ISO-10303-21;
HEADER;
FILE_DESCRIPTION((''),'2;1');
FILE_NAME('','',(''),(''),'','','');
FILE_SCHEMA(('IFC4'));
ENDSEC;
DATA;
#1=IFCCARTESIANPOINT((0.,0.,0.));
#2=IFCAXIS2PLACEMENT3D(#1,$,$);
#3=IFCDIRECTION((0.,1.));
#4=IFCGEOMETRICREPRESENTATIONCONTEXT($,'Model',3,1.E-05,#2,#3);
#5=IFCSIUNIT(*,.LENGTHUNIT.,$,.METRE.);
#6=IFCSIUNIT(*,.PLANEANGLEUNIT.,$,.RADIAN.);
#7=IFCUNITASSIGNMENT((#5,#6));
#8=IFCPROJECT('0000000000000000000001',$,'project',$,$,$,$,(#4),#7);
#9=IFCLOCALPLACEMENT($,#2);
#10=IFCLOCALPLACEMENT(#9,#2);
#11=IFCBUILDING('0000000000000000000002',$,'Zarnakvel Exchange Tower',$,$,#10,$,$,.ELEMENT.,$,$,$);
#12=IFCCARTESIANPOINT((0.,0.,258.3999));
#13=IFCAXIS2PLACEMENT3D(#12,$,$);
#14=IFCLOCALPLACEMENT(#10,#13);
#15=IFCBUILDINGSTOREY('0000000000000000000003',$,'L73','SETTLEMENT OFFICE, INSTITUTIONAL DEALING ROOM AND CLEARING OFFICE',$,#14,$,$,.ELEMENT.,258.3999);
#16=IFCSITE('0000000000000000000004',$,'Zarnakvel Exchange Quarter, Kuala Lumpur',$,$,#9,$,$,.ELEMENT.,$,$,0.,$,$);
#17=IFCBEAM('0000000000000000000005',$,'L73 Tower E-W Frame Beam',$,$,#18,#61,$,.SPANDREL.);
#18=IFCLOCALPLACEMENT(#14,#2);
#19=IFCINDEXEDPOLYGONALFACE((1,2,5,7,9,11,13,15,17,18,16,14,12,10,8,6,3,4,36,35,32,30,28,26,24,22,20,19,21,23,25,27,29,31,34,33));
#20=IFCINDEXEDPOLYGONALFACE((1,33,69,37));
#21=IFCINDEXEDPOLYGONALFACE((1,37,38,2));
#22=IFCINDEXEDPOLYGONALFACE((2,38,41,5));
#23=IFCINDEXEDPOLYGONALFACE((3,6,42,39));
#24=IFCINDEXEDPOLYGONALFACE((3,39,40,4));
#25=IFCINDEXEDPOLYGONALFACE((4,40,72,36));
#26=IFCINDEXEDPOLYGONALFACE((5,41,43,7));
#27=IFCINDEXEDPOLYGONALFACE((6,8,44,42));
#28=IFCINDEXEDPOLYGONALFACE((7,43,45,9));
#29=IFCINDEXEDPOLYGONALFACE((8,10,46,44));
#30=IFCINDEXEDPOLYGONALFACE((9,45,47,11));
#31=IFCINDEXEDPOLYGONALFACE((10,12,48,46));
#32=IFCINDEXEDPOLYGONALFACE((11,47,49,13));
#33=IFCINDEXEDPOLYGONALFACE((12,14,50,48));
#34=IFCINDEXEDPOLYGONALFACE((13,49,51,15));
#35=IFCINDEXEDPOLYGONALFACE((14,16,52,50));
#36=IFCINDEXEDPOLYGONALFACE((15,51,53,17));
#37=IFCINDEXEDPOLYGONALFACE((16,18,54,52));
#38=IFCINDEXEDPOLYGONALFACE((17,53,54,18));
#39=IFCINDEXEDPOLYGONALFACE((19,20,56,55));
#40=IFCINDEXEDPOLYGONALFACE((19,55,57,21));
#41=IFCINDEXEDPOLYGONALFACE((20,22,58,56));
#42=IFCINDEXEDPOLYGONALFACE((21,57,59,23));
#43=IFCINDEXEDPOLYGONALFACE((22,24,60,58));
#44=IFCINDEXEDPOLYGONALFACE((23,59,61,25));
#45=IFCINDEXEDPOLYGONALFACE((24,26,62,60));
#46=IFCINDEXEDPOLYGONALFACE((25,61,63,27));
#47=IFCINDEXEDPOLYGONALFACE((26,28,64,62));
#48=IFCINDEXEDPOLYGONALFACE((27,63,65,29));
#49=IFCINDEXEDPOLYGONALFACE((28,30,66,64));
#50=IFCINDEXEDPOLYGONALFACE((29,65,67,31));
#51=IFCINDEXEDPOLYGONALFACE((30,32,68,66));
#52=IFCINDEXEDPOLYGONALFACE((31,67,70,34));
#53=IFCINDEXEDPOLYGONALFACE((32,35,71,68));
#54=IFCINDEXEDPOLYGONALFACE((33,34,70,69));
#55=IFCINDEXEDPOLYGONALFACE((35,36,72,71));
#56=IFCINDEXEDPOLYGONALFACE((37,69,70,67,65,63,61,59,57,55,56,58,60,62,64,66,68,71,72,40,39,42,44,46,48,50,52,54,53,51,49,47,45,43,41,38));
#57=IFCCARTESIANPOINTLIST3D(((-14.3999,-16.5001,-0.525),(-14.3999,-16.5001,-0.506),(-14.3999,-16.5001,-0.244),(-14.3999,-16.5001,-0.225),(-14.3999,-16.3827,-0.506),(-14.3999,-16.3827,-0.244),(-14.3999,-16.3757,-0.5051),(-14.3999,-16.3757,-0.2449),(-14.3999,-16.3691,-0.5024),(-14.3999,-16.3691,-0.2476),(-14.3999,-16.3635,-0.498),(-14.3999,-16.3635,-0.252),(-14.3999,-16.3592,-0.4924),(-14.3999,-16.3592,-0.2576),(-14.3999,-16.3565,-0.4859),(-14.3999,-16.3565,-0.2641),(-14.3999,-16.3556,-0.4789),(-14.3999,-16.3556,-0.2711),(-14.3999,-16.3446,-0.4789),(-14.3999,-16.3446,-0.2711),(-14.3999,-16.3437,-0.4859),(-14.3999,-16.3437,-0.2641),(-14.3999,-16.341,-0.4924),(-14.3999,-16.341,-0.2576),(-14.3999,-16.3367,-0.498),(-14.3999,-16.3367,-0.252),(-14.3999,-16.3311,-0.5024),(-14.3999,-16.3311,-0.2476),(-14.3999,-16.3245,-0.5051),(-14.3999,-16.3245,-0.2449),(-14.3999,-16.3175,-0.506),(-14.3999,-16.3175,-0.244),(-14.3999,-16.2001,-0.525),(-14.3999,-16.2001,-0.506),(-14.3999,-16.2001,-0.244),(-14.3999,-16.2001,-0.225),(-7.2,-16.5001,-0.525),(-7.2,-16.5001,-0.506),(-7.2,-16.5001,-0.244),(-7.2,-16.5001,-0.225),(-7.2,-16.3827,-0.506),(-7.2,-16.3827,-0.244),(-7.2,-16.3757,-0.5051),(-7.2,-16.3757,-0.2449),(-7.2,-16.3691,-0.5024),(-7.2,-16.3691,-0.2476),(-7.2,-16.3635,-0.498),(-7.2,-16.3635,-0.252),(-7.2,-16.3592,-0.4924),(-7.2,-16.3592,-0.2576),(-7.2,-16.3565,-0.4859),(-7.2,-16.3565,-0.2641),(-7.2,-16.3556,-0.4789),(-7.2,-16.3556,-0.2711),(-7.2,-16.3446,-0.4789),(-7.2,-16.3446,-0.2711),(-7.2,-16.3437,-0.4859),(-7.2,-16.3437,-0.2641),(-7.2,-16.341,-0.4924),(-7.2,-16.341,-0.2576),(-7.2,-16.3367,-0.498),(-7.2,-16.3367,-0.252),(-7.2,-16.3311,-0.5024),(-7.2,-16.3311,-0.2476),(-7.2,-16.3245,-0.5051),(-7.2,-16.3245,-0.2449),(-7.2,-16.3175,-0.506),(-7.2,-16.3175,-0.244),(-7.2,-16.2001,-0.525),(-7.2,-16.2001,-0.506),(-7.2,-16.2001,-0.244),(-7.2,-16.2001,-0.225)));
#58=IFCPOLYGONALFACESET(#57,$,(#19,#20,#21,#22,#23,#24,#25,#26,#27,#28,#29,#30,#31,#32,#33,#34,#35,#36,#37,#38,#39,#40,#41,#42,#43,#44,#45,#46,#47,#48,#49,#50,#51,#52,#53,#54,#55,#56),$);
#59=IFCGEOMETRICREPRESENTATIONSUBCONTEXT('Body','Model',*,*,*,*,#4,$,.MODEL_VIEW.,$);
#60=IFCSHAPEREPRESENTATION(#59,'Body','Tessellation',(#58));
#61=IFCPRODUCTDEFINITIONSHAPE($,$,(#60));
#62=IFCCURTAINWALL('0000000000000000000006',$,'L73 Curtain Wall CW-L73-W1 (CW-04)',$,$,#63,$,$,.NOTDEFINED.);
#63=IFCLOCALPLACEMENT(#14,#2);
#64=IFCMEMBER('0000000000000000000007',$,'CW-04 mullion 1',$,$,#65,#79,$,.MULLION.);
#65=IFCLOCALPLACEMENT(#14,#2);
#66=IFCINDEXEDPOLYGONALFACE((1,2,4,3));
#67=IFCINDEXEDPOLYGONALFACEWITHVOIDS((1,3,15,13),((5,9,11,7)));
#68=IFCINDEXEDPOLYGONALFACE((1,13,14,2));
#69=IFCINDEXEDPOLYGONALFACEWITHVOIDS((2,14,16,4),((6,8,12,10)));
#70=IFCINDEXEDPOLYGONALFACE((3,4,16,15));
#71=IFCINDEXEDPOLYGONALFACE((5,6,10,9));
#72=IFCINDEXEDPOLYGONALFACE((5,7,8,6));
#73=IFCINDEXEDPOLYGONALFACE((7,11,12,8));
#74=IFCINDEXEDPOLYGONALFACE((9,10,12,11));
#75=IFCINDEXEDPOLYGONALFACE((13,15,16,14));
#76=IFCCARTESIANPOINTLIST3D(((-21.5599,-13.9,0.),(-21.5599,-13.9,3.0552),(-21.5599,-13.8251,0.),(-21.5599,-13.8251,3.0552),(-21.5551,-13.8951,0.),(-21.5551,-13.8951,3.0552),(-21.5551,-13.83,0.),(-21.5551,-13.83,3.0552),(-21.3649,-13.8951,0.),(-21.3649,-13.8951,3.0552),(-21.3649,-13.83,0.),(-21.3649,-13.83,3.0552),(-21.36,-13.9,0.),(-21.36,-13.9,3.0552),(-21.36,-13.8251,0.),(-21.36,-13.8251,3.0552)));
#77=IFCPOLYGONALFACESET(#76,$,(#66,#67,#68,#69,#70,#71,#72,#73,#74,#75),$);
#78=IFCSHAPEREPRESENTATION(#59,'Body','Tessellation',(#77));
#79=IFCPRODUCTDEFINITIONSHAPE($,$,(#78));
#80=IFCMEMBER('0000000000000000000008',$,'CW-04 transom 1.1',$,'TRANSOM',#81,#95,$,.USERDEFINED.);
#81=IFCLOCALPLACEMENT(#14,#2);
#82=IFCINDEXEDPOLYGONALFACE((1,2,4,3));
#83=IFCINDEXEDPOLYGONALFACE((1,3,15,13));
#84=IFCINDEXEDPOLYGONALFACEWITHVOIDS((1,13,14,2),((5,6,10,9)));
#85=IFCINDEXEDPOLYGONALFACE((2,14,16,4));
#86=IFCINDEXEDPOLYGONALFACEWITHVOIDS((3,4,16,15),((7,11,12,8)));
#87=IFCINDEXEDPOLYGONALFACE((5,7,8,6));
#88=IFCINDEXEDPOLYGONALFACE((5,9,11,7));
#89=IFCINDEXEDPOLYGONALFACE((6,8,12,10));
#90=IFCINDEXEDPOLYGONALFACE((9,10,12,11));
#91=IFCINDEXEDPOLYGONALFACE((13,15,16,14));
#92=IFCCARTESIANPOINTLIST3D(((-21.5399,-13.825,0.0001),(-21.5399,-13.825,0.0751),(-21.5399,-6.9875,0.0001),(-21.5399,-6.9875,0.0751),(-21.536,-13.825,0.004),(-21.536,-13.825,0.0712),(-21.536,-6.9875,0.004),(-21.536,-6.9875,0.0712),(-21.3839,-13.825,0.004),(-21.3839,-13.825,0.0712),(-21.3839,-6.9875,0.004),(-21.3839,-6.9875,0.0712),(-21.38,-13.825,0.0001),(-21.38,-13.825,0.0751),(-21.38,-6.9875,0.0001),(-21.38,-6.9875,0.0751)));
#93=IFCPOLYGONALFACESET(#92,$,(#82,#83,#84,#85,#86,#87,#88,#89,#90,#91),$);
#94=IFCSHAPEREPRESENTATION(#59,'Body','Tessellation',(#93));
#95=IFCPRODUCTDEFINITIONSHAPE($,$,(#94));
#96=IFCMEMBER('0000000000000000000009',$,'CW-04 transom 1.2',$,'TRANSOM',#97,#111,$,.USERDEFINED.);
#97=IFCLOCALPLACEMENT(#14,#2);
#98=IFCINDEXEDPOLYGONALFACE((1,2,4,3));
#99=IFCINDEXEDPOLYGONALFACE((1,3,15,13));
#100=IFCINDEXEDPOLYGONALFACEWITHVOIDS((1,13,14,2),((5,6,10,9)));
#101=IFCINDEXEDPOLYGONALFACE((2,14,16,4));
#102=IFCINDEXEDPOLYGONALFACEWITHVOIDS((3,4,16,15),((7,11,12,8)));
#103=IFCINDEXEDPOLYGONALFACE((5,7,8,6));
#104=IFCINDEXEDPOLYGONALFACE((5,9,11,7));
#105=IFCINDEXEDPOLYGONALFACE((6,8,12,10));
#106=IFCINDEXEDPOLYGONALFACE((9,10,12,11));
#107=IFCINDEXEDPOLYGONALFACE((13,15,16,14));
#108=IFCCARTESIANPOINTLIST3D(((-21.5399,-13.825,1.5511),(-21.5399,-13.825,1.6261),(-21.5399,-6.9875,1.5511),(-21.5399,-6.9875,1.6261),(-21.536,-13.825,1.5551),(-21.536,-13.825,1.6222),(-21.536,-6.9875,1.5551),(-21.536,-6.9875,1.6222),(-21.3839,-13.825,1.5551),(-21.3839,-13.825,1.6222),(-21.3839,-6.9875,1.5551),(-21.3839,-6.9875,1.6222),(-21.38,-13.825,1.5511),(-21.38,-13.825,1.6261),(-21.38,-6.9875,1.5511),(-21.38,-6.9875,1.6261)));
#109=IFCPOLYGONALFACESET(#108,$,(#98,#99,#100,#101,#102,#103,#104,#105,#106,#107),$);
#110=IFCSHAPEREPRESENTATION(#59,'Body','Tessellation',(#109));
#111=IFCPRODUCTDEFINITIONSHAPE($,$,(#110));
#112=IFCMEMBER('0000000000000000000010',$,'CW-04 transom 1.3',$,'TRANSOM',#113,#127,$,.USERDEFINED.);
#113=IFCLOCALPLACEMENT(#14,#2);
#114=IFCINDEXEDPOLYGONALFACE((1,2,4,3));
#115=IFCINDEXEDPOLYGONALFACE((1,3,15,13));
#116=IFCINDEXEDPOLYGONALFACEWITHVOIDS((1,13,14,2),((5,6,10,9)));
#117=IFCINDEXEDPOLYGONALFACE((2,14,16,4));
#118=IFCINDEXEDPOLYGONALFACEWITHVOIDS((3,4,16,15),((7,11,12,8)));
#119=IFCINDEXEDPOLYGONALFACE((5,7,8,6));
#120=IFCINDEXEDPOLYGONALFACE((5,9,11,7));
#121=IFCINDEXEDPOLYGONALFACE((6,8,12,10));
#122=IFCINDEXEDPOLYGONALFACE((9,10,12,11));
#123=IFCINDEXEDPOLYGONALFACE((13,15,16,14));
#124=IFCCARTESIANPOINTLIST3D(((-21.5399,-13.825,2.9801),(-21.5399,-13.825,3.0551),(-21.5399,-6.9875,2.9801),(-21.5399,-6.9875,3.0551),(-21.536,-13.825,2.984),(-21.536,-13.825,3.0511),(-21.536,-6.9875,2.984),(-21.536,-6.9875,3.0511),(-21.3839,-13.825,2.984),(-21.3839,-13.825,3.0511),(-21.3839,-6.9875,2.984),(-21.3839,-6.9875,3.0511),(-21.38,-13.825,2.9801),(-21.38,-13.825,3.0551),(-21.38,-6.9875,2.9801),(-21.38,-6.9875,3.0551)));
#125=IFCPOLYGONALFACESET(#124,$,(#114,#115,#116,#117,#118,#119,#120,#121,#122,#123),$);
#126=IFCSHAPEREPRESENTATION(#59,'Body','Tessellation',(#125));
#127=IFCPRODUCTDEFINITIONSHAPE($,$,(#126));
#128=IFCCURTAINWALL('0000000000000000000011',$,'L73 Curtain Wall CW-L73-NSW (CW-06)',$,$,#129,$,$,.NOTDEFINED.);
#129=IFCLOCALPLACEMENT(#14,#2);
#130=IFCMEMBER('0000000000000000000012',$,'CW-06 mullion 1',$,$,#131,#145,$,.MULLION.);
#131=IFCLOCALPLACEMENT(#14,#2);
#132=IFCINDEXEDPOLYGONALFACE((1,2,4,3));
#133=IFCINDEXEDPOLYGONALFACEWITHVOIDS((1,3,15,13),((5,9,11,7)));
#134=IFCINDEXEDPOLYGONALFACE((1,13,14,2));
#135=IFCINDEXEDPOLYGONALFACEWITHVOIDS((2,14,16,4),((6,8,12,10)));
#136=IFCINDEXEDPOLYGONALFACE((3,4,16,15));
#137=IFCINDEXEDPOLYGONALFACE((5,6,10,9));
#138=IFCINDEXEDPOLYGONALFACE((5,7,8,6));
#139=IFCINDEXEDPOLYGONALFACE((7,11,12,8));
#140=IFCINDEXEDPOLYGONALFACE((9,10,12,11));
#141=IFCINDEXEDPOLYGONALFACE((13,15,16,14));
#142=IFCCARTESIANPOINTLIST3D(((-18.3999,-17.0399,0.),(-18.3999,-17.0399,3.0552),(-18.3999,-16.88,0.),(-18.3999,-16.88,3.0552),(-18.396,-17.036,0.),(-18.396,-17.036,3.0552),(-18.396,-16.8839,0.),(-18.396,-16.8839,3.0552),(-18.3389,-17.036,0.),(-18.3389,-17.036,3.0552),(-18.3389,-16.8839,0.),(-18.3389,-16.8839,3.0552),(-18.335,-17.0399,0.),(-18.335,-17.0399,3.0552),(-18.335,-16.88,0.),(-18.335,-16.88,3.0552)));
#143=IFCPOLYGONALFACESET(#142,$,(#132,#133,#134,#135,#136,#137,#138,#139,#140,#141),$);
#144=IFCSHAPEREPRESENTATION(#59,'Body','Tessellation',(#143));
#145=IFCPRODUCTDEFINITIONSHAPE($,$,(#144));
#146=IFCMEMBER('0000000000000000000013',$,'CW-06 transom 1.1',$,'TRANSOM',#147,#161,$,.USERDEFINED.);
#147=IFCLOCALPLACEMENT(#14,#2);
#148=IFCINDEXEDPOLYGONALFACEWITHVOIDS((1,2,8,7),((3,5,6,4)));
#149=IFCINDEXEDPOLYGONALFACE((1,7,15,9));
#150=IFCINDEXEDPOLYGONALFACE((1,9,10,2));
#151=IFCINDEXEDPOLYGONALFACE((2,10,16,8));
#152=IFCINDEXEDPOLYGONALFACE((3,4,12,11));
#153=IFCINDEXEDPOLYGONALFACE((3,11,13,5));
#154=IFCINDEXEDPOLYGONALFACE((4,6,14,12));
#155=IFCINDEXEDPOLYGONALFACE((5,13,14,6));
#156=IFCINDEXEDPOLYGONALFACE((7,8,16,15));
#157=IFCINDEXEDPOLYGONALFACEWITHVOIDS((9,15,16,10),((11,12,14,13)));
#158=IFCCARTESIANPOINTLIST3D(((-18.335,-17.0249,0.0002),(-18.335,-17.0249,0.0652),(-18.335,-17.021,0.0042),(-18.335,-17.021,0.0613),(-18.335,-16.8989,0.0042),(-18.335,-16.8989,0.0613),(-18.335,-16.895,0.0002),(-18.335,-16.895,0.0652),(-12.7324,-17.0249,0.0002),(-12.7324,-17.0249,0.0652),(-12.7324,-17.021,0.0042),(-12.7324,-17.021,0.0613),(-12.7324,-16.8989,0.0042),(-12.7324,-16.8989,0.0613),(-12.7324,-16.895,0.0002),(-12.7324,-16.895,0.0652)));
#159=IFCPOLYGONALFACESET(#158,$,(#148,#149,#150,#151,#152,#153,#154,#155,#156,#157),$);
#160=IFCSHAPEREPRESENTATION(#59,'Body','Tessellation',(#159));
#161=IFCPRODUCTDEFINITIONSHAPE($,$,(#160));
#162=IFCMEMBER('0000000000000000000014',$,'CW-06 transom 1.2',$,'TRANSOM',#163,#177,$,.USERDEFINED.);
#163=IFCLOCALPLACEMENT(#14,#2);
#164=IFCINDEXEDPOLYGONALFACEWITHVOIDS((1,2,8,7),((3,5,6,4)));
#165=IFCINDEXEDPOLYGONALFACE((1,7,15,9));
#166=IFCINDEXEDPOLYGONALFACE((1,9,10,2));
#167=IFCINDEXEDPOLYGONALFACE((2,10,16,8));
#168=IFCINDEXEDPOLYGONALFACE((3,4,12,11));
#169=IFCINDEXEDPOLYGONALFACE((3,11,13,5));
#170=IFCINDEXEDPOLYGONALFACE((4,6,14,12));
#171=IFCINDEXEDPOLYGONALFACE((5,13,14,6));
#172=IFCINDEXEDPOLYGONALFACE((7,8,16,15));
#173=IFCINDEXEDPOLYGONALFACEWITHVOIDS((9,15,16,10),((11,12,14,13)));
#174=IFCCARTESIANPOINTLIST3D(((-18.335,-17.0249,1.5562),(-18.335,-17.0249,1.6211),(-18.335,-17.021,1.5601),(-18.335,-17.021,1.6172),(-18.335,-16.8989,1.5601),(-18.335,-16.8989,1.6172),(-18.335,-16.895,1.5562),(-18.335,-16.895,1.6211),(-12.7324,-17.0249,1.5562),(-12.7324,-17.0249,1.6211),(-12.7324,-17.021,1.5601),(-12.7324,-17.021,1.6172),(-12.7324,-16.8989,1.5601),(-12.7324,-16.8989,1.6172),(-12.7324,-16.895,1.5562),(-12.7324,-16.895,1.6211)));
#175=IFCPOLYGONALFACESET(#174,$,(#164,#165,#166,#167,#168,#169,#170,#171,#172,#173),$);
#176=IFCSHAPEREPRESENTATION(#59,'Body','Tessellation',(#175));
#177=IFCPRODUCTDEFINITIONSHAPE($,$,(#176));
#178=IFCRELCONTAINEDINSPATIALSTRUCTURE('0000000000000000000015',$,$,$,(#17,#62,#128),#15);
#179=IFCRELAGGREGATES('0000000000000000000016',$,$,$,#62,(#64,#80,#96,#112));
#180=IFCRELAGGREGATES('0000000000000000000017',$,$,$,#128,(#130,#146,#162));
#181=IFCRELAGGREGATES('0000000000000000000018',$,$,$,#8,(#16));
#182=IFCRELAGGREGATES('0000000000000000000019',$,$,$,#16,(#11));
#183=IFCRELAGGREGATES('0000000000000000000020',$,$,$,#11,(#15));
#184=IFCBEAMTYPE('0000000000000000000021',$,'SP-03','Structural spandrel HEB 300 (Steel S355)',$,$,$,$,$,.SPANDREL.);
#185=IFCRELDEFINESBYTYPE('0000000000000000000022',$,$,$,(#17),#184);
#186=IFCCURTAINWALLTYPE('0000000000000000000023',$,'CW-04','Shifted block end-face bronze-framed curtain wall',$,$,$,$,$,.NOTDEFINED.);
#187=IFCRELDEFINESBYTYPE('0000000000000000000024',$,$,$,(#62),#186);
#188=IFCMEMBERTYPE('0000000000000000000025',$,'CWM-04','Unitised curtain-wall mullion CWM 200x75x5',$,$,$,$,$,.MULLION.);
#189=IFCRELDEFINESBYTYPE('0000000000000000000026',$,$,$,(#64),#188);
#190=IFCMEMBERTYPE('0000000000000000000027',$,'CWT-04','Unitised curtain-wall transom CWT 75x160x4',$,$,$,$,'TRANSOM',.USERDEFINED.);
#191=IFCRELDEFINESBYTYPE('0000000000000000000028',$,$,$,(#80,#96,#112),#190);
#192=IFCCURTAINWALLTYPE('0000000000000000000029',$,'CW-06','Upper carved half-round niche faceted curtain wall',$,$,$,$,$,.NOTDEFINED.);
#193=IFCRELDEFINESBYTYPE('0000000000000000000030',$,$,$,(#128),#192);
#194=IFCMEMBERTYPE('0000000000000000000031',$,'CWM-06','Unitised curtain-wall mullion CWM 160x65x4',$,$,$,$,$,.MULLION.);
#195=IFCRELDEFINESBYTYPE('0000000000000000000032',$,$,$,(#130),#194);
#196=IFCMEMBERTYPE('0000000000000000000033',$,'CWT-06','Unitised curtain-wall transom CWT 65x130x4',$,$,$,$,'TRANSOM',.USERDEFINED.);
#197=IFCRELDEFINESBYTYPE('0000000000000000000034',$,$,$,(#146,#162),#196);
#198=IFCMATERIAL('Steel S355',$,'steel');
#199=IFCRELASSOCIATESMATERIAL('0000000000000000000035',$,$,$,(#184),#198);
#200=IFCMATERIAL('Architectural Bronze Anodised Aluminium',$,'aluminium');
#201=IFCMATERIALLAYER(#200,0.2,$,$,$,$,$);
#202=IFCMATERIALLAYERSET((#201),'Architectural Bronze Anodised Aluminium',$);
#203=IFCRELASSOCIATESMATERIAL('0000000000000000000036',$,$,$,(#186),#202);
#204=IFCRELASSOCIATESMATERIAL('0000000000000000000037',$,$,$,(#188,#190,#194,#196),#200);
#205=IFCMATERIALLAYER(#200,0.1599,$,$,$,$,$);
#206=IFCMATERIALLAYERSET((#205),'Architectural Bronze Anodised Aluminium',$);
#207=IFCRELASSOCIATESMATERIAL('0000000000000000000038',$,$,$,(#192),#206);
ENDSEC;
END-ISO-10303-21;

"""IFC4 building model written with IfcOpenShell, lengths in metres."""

from ifc_helpers import new_model, si_unit, direction, frame, origin, origin_2d, place, context, subcontext, project, spatial, hollow_rectangle, i_section, extrude, source, transform, mapped, material, layer, layer_set, material_profile, profile_set, type_object, element, aggregate, save


model = new_model("IFC4")

# Units and contexts
model_context = context("Model", 3, precision=1e-05, world=origin(), true_north=direction((0.0, 1.0)))
body_context = subcontext(model_context, "Body", "Model", "MODEL_VIEW")
ifc_project = project(units=[si_unit("LENGTHUNIT", "METRE"), si_unit("PLANEANGLEUNIT", "RADIAN")], contexts=[model_context])

# Site, building, storey
site_placement = place(None, origin())
site = spatial("IfcSite", under=ifc_project, at=site_placement, Name="Zarnakvel Exchange Quarter, Kuala Lumpur", CompositionType="ELEMENT", RefElevation=0.0)
building_placement = place(site_placement, origin())
building = spatial("IfcBuilding", under=site, at=building_placement, Name="Zarnakvel Exchange Tower", CompositionType="ELEMENT")
storey_placement = place(building_placement, frame((0.0, 0.0, 258.3999)))
storey = spatial("IfcBuildingStorey", under=building, at=storey_placement, Name="L73", Description="SETTLEMENT OFFICE, INSTITUTIONAL DEALING ROOM AND CLEARING OFFICE", CompositionType="ELEMENT", Elevation=258.3999)

# Shared definitions
ifc_material_1 = material(Name="Steel S355", Category="steel")

# Beam
ifc_material_profile_1 = material_profile(ifc_material_1, i_section(OverallWidth=0.3, OverallDepth=0.3, WebThickness=0.011, FlangeThickness=0.019, FilletRadius=0.0271, at=origin_2d()))
ifc_profile_set_1 = profile_set([ifc_material_profile_1], Name="Steel S355")
beam_type_1 = type_object("IfcBeamType", Name="SP-03", Description="Structural spandrel HEB 300 (Steel S355)", PredefinedType="SPANDREL", material=ifc_profile_set_1)
beam_1_placement = place(storey_placement, frame((-14.3999, -16.3501, -0.375), z_axis=(1.0, 0.0, 0.0), x_axis=(0.0, 1.0, 0.0)))
element("IfcBeam", 1, at=beam_1_placement, inside=storey, type_object=beam_type_1, Name="L73 Tower E-W Frame Beam", PredefinedType="SPANDREL", context=body_context, shape_type="SweptSolid", body=[
    extrude(i_section(OverallWidth=0.3, OverallDepth=0.3, WebThickness=0.011, FlangeThickness=0.019, FilletRadius=0.0271, at=origin_2d()), origin(), (0.0, 0.0, 1.0), 7.2),
])

# Curtain walls, members
ifc_material_2 = material(Name="Architectural Bronze Anodised Aluminium", Category="aluminium")
ifc_layer_1 = layer(ifc_material_2, 0.2)
ifc_layer_set_1 = layer_set([ifc_layer_1], Name="Architectural Bronze Anodised Aluminium")
curtain_wall_type_1 = type_object("IfcCurtainWallType", Name="CW-04", Description="Shifted block end-face bronze-framed curtain wall", PredefinedType="NOTDEFINED", material=ifc_layer_set_1)
curtain_wall_1_placement = place(storey_placement, origin())
curtain_wall_1 = element("IfcCurtainWall", 2, at=curtain_wall_1_placement, inside=storey, type_object=curtain_wall_type_1, Name="L73 Curtain Wall CW-L73-W1 (CW-04)", PredefinedType="NOTDEFINED")
ifc_material_profile_2 = material_profile(ifc_material_2, hollow_rectangle(XDim=0.2, YDim=0.075, WallThickness=0.0049, at=origin_2d()))
ifc_profile_set_2 = profile_set([ifc_material_profile_2], Name="Architectural Bronze Anodised Aluminium")
member_type_1 = type_object("IfcMemberType", Name="CWM-04", Description="Unitised curtain-wall mullion CWM 200x75x5", PredefinedType="MULLION", material=ifc_profile_set_2)
shared_shape_1 = source(origin(), body_context, "Body", "SweptSolid", [
    extrude(hollow_rectangle(XDim=0.2, YDim=0.075, WallThickness=0.0049, at=origin_2d()), origin(), (0.0, 0.0, 1.0), 3.0552),
])
member_1_placement = place(storey_placement, frame((-21.46, -13.8625, 0.0), z_axis=(0.0, 0.0, 1.0), x_axis=(-1.0, 0.0, 0.0)))
member_1 = element("IfcMember", 3, at=member_1_placement, type_object=member_type_1, Name="CW-04 mullion 1", PredefinedType="MULLION", context=body_context, shape_type="MappedRepresentation", body=[
    mapped(shared_shape_1, transform((0.0, 0.0, 0.0), x_axis=(1.0, 0.0, 0.0), y_axis=(0.0, 1.0, 0.0), z_axis=(0.0, 0.0, 1.0), scale=1.0)),
])
ifc_material_profile_3 = material_profile(ifc_material_2, hollow_rectangle(XDim=0.1599, YDim=0.075, WallThickness=0.0039, at=origin_2d()))
ifc_profile_set_3 = profile_set([ifc_material_profile_3], Name="Architectural Bronze Anodised Aluminium")
member_type_2 = type_object("IfcMemberType", Name="CWT-04", Description="Unitised curtain-wall transom CWT 75x160x4", ElementType="TRANSOM", PredefinedType="USERDEFINED", material=ifc_profile_set_3)
shared_shape_2 = source(origin(), body_context, "Body", "SweptSolid", [
    extrude(hollow_rectangle(XDim=0.1599, YDim=0.075, WallThickness=0.0039, at=origin_2d()), origin(), (0.0, 0.0, 1.0), 6.8374),
])
member_2_placement = place(storey_placement, frame((-21.46, -13.825, 0.0376), z_axis=(0.0, 1.0, 0.0), x_axis=(-1.0, 0.0, 0.0)))
member_2 = element("IfcMember", 4, at=member_2_placement, type_object=member_type_2, Name="CW-04 transom 1.1", ObjectType="TRANSOM", PredefinedType="USERDEFINED", context=body_context, shape_type="MappedRepresentation", body=[
    mapped(shared_shape_2, transform((0.0, 0.0, 0.0), x_axis=(1.0, 0.0, 0.0), y_axis=(0.0, 1.0, 0.0), z_axis=(0.0, 0.0, 1.0), scale=1.0)),
])
member_3_placement = place(storey_placement, frame((-21.46, -13.825, 1.5886), z_axis=(0.0, 1.0, 0.0), x_axis=(-1.0, 0.0, 0.0)))
member_3 = element("IfcMember", 5, at=member_3_placement, type_object=member_type_2, Name="CW-04 transom 1.2", ObjectType="TRANSOM", PredefinedType="USERDEFINED", context=body_context, shape_type="MappedRepresentation", body=[
    mapped(shared_shape_2, transform((0.0, 0.0, 0.0), x_axis=(1.0, 0.0, 0.0), y_axis=(0.0, 1.0, 0.0), z_axis=(0.0, 0.0, 1.0), scale=1.0)),
])
member_4_placement = place(storey_placement, frame((-21.46, -13.825, 3.0176), z_axis=(0.0, 1.0, 0.0), x_axis=(-1.0, 0.0, 0.0)))
member_4 = element("IfcMember", 6, at=member_4_placement, type_object=member_type_2, Name="CW-04 transom 1.3", ObjectType="TRANSOM", PredefinedType="USERDEFINED", context=body_context, shape_type="MappedRepresentation", body=[
    mapped(shared_shape_2, transform((0.0, 0.0, 0.0), x_axis=(1.0, 0.0, 0.0), y_axis=(0.0, 1.0, 0.0), z_axis=(0.0, 0.0, 1.0), scale=1.0)),
])
ifc_layer_2 = layer(ifc_material_2, 0.1599)
ifc_layer_set_2 = layer_set([ifc_layer_2], Name="Architectural Bronze Anodised Aluminium")
curtain_wall_type_2 = type_object("IfcCurtainWallType", Name="CW-06", Description="Upper carved half-round niche faceted curtain wall", PredefinedType="NOTDEFINED", material=ifc_layer_set_2)
curtain_wall_2_placement = place(storey_placement, origin())
curtain_wall_2 = element("IfcCurtainWall", 7, at=curtain_wall_2_placement, inside=storey, type_object=curtain_wall_type_2, Name="L73 Curtain Wall CW-L73-NSW (CW-06)", PredefinedType="NOTDEFINED")
ifc_material_profile_4 = material_profile(ifc_material_2, hollow_rectangle(XDim=0.1599, YDim=0.0649, WallThickness=0.0039, at=origin_2d()))
ifc_profile_set_4 = profile_set([ifc_material_profile_4], Name="Architectural Bronze Anodised Aluminium")
member_type_3 = type_object("IfcMemberType", Name="CWM-06", Description="Unitised curtain-wall mullion CWM 160x65x4", PredefinedType="MULLION", material=ifc_profile_set_4)
shared_shape_3 = source(origin(), body_context, "Body", "SweptSolid", [
    extrude(hollow_rectangle(XDim=0.1599, YDim=0.0649, WallThickness=0.0039, at=origin_2d()), origin(), (0.0, 0.0, 1.0), 3.0552),
])
member_5_placement = place(storey_placement, frame((-18.3674, -16.96, 0.0), z_axis=(0.0, 0.0, 1.0), x_axis=(0.0, 1.0, 0.0)))
member_5 = element("IfcMember", 8, at=member_5_placement, type_object=member_type_3, Name="CW-06 mullion 1", PredefinedType="MULLION", context=body_context, shape_type="MappedRepresentation", body=[
    mapped(shared_shape_3, transform((0.0, 0.0, 0.0), x_axis=(1.0, 0.0, 0.0), y_axis=(0.0, 1.0, 0.0), z_axis=(0.0, 0.0, 1.0), scale=1.0)),
])
ifc_material_profile_5 = material_profile(ifc_material_2, hollow_rectangle(XDim=0.1299, YDim=0.0649, WallThickness=0.0039, at=origin_2d()))
ifc_profile_set_5 = profile_set([ifc_material_profile_5], Name="Architectural Bronze Anodised Aluminium")
member_type_4 = type_object("IfcMemberType", Name="CWT-06", Description="Unitised curtain-wall transom CWT 65x130x4", ElementType="TRANSOM", PredefinedType="USERDEFINED", material=ifc_profile_set_5)
shared_shape_4 = source(origin(), body_context, "Body", "SweptSolid", [
    extrude(hollow_rectangle(XDim=0.1299, YDim=0.0649, WallThickness=0.0039, at=origin_2d()), origin(), (0.0, 0.0, 1.0), 5.6025),
])
member_6_placement = place(storey_placement, frame((-18.335, -16.96, 0.0327), z_axis=(1.0, 0.0, 0.0), x_axis=(0.0, 1.0, 0.0)))
member_6 = element("IfcMember", 9, at=member_6_placement, type_object=member_type_4, Name="CW-06 transom 1.1", ObjectType="TRANSOM", PredefinedType="USERDEFINED", context=body_context, shape_type="MappedRepresentation", body=[
    mapped(shared_shape_4, transform((0.0, 0.0, 0.0), x_axis=(1.0, 0.0, 0.0), y_axis=(0.0, 1.0, 0.0), z_axis=(0.0, 0.0, 1.0), scale=1.0)),
])
member_7_placement = place(storey_placement, frame((-18.335, -16.96, 1.5886), z_axis=(1.0, 0.0, 0.0), x_axis=(0.0, 1.0, 0.0)))
member_7 = element("IfcMember", 10, at=member_7_placement, type_object=member_type_4, Name="CW-06 transom 1.2", ObjectType="TRANSOM", PredefinedType="USERDEFINED", context=body_context, shape_type="MappedRepresentation", body=[
    mapped(shared_shape_4, transform((0.0, 0.0, 0.0), x_axis=(1.0, 0.0, 0.0), y_axis=(0.0, 1.0, 0.0), z_axis=(0.0, 0.0, 1.0), scale=1.0)),
])

aggregate(curtain_wall_1, [member_1, member_2, member_3, member_4])
aggregate(curtain_wall_2, [member_5, member_6, member_7])

save(model, "model.ifc")
